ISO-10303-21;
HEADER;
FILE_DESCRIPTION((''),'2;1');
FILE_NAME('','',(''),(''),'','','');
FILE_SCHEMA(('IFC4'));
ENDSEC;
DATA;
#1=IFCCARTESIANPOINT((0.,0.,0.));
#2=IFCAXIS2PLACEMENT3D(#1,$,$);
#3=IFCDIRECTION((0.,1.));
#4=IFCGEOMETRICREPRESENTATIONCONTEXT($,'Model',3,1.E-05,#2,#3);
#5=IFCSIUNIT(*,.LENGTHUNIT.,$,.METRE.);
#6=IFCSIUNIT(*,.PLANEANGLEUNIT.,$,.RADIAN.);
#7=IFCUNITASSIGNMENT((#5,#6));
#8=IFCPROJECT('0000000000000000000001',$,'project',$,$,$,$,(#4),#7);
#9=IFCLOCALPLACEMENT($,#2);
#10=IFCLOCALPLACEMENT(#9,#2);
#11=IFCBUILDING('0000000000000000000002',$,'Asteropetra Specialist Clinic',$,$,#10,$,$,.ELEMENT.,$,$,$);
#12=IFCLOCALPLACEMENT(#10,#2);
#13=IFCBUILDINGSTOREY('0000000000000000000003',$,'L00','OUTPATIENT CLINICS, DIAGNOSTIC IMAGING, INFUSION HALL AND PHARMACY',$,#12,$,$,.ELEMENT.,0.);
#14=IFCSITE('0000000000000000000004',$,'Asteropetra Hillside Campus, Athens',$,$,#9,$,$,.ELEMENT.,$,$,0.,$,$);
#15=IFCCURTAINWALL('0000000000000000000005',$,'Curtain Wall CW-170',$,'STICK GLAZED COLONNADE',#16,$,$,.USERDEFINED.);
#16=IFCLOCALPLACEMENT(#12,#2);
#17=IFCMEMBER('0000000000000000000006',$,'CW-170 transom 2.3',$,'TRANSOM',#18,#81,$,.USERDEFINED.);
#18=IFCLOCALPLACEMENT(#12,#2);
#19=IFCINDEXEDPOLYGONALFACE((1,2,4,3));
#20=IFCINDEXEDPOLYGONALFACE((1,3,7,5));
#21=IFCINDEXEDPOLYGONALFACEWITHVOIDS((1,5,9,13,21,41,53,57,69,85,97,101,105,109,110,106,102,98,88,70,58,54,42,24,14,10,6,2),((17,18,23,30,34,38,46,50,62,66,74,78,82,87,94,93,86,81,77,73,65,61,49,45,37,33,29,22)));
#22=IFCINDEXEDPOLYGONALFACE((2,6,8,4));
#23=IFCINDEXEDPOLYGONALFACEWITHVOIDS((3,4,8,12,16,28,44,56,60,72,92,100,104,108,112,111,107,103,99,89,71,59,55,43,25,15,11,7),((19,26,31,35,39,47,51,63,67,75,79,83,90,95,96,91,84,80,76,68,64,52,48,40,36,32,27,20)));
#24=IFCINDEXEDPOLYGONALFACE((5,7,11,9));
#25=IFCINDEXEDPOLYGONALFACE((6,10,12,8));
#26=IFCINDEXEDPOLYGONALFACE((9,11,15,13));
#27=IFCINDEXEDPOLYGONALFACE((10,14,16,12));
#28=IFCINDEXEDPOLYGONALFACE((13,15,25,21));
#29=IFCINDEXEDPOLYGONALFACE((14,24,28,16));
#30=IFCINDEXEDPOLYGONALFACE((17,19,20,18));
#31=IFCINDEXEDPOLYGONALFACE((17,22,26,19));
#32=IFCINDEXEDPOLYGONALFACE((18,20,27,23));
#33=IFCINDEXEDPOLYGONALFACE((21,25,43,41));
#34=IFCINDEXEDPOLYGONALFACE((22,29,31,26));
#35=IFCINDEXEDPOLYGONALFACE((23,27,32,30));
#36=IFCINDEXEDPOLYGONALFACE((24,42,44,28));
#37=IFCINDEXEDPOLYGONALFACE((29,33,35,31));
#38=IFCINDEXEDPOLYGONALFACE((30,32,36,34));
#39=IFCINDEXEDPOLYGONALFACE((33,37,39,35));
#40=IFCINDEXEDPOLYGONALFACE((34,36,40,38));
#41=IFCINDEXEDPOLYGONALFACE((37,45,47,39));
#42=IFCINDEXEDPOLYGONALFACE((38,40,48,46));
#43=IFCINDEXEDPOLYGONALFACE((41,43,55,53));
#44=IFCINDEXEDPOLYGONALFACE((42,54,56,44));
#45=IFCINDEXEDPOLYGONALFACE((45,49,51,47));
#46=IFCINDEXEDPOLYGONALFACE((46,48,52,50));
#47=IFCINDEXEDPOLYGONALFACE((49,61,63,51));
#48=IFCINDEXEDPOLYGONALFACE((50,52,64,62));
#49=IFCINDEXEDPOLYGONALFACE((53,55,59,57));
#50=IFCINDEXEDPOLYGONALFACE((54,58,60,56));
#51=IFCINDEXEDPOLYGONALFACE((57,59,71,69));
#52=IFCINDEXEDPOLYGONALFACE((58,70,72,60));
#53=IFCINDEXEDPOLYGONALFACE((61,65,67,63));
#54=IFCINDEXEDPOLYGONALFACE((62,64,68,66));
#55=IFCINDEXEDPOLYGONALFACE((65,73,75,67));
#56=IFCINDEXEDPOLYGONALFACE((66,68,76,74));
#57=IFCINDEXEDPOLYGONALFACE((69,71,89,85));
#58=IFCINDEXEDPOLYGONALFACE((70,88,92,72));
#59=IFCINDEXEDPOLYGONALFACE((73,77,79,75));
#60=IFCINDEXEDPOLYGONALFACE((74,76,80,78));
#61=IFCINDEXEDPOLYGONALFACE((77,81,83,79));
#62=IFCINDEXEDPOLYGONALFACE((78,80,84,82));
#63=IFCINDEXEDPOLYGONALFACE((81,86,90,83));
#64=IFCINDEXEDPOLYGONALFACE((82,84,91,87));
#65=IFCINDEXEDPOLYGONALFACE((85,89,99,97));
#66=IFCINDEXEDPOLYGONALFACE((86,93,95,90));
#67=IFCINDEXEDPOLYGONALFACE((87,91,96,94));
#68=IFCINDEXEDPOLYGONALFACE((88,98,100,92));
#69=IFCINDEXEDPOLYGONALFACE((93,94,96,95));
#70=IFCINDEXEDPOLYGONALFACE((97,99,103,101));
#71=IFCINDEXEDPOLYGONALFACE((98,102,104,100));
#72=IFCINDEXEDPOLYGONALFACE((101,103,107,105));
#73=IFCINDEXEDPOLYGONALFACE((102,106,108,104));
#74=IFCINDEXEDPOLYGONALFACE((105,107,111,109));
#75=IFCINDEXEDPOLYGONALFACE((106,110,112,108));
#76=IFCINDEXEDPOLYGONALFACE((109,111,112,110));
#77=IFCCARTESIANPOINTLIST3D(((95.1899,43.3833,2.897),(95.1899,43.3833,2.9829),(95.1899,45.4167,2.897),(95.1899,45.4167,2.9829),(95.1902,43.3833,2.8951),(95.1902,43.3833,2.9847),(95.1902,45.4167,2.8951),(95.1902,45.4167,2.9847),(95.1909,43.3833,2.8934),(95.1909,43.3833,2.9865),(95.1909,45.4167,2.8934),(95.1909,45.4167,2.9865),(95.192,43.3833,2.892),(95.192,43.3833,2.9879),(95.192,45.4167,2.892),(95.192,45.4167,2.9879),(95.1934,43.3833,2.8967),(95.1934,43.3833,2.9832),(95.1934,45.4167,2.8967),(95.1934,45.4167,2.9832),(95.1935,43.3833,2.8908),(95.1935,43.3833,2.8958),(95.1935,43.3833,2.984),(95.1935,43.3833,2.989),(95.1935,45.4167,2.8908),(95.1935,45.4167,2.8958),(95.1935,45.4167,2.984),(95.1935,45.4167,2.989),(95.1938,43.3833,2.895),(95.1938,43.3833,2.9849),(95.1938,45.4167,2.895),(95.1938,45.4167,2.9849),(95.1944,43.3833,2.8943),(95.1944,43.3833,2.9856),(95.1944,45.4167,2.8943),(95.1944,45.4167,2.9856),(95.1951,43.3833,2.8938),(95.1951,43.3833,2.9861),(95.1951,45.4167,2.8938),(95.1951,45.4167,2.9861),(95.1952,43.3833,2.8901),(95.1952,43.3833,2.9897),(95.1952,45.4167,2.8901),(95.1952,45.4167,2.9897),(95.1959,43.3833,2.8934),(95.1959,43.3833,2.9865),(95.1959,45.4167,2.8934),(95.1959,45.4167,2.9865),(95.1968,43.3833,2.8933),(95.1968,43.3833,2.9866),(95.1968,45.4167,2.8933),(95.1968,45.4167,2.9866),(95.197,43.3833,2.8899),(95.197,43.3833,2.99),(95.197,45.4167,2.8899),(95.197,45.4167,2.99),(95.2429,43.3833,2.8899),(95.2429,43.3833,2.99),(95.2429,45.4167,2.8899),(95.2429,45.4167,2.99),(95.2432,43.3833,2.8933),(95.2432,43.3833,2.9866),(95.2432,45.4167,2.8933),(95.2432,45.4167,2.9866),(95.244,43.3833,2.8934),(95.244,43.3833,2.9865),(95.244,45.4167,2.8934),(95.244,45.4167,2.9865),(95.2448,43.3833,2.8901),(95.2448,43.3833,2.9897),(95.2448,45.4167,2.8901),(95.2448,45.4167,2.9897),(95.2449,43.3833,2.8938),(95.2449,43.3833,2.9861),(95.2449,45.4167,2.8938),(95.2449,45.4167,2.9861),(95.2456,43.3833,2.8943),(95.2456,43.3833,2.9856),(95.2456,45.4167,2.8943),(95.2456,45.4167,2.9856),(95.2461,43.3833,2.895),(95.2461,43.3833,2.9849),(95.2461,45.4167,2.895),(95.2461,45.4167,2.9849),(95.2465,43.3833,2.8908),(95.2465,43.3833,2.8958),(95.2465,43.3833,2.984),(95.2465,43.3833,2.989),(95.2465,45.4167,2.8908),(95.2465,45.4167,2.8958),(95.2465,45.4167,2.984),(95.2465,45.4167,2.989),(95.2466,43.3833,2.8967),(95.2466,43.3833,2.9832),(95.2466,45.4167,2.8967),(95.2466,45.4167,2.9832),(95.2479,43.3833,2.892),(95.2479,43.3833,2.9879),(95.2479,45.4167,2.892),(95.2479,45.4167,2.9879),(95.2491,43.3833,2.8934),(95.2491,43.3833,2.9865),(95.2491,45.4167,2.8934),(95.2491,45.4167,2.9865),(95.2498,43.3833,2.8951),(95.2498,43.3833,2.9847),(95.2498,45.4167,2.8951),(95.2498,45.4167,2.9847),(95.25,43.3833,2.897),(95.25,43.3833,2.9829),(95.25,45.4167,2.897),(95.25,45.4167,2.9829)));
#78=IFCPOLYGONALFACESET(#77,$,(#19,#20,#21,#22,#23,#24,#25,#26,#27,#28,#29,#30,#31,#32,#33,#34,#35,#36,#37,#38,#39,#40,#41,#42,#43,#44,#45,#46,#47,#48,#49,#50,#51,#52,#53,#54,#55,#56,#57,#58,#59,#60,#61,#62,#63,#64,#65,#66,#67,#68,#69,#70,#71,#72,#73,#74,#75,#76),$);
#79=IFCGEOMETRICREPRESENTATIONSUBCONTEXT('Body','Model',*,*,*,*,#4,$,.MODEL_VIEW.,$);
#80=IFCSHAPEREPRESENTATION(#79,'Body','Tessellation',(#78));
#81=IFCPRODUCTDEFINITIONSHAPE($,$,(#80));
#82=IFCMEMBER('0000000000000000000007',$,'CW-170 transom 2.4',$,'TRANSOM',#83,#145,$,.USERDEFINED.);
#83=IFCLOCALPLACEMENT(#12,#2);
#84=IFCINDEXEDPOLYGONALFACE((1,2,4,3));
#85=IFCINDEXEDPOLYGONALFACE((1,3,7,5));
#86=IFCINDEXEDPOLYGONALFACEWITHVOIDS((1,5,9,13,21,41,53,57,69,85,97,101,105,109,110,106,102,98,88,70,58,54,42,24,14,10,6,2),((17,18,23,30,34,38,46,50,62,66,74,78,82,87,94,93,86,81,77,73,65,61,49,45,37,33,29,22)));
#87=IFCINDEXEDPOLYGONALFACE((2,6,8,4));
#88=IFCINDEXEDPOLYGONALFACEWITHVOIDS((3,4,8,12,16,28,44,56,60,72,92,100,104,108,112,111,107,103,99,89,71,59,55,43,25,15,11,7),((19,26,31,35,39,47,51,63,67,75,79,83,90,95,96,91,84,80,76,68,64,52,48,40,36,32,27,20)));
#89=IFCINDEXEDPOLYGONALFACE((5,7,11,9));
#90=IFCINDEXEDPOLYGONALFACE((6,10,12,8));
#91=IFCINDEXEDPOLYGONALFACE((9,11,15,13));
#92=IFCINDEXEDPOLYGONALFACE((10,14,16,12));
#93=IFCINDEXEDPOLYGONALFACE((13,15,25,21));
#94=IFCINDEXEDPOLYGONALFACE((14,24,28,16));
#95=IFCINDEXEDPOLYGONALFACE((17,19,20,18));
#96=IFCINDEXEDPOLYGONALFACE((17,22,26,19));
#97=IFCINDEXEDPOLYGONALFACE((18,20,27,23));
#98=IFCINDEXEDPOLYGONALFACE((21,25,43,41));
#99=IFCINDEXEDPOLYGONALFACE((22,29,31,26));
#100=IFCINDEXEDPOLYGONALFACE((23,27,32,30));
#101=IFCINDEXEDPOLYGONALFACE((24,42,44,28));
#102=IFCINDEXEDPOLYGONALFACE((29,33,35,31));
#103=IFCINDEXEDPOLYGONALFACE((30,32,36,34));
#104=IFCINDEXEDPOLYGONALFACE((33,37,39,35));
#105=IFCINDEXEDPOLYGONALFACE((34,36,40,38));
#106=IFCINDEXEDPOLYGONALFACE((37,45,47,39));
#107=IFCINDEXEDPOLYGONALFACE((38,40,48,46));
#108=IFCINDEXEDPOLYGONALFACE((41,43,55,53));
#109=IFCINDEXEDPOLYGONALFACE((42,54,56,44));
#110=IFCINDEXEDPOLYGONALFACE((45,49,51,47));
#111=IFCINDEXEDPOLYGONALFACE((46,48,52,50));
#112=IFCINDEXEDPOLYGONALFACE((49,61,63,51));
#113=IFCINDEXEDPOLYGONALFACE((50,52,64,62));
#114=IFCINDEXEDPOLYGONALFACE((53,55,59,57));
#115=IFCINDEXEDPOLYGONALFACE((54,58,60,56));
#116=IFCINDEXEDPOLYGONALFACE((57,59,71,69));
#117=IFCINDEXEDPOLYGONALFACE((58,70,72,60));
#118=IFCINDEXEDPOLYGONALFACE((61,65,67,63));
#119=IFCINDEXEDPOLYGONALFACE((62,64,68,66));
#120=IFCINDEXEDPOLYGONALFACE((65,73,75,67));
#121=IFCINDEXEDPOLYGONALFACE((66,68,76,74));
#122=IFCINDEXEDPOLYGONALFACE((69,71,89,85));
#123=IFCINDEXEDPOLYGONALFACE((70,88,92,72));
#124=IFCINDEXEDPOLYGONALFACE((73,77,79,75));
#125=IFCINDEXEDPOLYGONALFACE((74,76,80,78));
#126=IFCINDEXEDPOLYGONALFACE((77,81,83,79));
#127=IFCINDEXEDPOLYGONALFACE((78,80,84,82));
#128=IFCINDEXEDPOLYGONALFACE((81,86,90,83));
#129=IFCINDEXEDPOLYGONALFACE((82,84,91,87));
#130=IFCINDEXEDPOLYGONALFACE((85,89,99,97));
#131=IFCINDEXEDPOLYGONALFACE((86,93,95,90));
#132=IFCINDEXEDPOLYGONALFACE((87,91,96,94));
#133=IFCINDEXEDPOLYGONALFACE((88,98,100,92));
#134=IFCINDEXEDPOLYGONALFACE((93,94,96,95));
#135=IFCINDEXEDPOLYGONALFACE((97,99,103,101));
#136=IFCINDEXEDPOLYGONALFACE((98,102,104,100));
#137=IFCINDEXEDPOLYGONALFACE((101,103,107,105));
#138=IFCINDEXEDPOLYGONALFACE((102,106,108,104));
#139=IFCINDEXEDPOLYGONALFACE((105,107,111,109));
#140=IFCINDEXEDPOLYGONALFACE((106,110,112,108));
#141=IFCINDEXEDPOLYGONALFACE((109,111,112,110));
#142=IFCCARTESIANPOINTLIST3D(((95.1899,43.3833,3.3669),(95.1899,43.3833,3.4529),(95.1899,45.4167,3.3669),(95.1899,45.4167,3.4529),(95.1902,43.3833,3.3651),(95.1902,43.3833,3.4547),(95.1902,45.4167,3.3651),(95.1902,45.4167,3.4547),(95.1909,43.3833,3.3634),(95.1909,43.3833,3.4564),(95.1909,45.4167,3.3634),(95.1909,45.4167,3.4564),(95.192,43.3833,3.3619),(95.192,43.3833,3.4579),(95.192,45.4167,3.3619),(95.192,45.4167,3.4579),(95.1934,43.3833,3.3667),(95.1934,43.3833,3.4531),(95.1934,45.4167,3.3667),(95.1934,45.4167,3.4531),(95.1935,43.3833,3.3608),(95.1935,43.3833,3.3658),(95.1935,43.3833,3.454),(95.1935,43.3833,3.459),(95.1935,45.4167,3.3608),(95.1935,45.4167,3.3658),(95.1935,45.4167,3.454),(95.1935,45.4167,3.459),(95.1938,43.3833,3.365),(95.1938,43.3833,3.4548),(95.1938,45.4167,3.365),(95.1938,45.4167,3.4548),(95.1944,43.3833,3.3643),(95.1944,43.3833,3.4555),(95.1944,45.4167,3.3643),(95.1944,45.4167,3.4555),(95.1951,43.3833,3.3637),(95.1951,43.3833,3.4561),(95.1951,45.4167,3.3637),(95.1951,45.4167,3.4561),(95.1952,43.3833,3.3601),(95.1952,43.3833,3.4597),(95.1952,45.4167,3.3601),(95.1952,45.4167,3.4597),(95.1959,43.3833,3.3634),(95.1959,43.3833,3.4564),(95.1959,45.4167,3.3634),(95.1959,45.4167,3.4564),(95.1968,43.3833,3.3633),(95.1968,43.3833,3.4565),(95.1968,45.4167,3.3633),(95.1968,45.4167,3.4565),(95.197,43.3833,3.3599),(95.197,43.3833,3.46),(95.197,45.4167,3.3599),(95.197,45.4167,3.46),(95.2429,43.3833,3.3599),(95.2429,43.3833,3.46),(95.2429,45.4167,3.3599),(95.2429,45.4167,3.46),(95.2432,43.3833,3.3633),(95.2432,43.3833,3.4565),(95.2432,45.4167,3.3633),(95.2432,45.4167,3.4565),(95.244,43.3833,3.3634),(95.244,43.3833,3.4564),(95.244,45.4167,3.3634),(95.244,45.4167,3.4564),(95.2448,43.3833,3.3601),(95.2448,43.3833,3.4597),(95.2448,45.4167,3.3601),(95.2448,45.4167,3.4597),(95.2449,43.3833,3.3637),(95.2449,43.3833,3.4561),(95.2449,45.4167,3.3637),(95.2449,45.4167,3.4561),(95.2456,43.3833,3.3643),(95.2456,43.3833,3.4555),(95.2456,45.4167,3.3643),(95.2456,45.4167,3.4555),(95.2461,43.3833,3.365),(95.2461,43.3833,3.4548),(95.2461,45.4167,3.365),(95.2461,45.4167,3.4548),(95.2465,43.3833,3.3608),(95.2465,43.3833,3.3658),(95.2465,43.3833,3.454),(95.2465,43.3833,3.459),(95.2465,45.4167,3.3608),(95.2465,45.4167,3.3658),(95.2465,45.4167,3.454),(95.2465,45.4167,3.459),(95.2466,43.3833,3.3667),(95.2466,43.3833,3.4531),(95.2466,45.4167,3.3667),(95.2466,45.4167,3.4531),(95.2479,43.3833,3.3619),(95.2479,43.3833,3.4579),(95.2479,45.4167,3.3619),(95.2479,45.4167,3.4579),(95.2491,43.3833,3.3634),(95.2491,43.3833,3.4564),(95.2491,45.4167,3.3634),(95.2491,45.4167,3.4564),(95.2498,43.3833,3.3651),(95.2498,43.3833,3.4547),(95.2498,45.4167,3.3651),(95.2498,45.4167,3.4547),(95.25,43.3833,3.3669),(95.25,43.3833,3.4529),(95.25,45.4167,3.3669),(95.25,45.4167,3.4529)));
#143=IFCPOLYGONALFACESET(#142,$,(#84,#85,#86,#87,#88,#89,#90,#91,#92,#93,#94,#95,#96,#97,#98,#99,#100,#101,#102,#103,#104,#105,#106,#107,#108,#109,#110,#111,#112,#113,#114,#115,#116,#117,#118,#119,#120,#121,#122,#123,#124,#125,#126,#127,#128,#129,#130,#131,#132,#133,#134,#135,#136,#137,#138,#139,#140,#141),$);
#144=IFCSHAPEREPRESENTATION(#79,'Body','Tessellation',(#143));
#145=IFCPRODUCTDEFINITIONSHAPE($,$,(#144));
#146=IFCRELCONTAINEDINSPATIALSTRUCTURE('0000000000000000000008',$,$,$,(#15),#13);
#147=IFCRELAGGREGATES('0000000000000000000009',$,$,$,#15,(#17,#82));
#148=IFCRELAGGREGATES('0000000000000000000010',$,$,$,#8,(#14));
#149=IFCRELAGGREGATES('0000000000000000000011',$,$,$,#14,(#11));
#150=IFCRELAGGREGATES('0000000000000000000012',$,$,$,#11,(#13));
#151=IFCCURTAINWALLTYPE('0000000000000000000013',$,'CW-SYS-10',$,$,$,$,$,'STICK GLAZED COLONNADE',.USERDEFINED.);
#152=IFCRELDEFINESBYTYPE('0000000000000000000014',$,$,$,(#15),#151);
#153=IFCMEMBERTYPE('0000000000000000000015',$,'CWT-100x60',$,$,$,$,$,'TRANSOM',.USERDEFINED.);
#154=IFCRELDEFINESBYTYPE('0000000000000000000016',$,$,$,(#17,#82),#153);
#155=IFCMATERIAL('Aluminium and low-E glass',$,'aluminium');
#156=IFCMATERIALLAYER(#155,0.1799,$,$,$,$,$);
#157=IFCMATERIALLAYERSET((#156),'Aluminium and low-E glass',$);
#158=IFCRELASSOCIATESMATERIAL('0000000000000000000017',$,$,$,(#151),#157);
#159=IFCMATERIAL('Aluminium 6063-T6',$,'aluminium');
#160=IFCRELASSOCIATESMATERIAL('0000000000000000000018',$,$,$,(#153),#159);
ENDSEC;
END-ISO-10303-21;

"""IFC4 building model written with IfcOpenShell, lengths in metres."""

from ifc_helpers import new_model, si_unit, direction, frame, origin, origin_2d, place, context, subcontext, project, spatial, hollow_rectangle, extrude, material, layer, layer_set, material_profile, profile_set, type_object, element, aggregate, save


model = new_model("IFC4")

# Units and contexts
model_context = context("Model", 3, precision=1e-05, world=origin(), true_north=direction((0.0, 1.0)))
body_context = subcontext(model_context, "Body", "Model", "MODEL_VIEW")
ifc_project = project(units=[si_unit("LENGTHUNIT", "METRE"), si_unit("PLANEANGLEUNIT", "RADIAN")], contexts=[model_context])

# Site, building, storey
site_placement = place(None, origin())
site = spatial("IfcSite", under=ifc_project, at=site_placement, Name="Asteropetra Hillside Campus, Athens", CompositionType="ELEMENT", RefElevation=0.0)
building_placement = place(site_placement, origin())
building = spatial("IfcBuilding", under=site, at=building_placement, Name="Asteropetra Specialist Clinic", CompositionType="ELEMENT")
storey_placement = place(building_placement, origin())
storey = spatial("IfcBuildingStorey", under=building, at=storey_placement, Name="L00", Description="OUTPATIENT CLINICS, DIAGNOSTIC IMAGING, INFUSION HALL AND PHARMACY", CompositionType="ELEMENT", Elevation=0.0)

# Curtain wall, members
ifc_material_1 = material(Name="Aluminium and low-E glass", Category="aluminium")
ifc_layer_1 = layer(ifc_material_1, 0.1799)
ifc_layer_set_1 = layer_set([ifc_layer_1], Name="Aluminium and low-E glass")
curtain_wall_type = type_object("IfcCurtainWallType", Name="CW-SYS-10", ElementType="STICK GLAZED COLONNADE", PredefinedType="USERDEFINED", material=ifc_layer_set_1)
curtain_wall_placement = place(storey_placement, origin())
curtain_wall = element("IfcCurtainWall", 1, at=curtain_wall_placement, inside=storey, type_object=curtain_wall_type, Name="Curtain Wall CW-170", ObjectType="STICK GLAZED COLONNADE", PredefinedType="USERDEFINED")
ifc_material_2 = material(Name="Aluminium 6063-T6", Category="aluminium")
ifc_material_profile_1 = material_profile(ifc_material_2, hollow_rectangle(XDim=0.0601, YDim=0.1001, WallThickness=0.0034, InnerFilletRadius=0.0034, OuterFilletRadius=0.0071, at=origin_2d()), Name="TRN 100x60x3.5")
ifc_profile_set_1 = profile_set([ifc_material_profile_1], Name="Aluminium 6063-T6")
member_type_1 = type_object("IfcMemberType", Name="CWT-100x60", ElementType="TRANSOM", PredefinedType="USERDEFINED", material=ifc_profile_set_1)
member_1_placement = place(storey_placement, frame((95.22, 43.3833, 2.9399), z_axis=(0.0, 1.0, 0.0), x_axis=(-1.0, 0.0, 0.0)))
member_1 = element("IfcMember", 2, at=member_1_placement, type_object=member_type_1, Name="CW-170 transom 2.3", ObjectType="TRANSOM", PredefinedType="USERDEFINED", context=body_context, shape_type="SweptSolid", body=[
    extrude(hollow_rectangle(XDim=0.0601, YDim=0.1001, WallThickness=0.0034, InnerFilletRadius=0.0034, OuterFilletRadius=0.0071, at=origin_2d()), origin(), (0.0, 0.0, 1.0), 2.0334),
])
member_2_placement = place(storey_placement, frame((95.22, 43.3833, 3.4099), z_axis=(0.0, 1.0, 0.0), x_axis=(-1.0, 0.0, 0.0)))
member_2 = element("IfcMember", 3, at=member_2_placement, type_object=member_type_1, Name="CW-170 transom 2.4", ObjectType="TRANSOM", PredefinedType="USERDEFINED", context=body_context, shape_type="SweptSolid", body=[
    extrude(hollow_rectangle(XDim=0.0601, YDim=0.1001, WallThickness=0.0034, InnerFilletRadius=0.0034, OuterFilletRadius=0.0071, at=origin_2d()), origin(), (0.0, 0.0, 1.0), 2.0334),
])
aggregate(curtain_wall, [member_1, member_2])

save(model, "model.ifc")
